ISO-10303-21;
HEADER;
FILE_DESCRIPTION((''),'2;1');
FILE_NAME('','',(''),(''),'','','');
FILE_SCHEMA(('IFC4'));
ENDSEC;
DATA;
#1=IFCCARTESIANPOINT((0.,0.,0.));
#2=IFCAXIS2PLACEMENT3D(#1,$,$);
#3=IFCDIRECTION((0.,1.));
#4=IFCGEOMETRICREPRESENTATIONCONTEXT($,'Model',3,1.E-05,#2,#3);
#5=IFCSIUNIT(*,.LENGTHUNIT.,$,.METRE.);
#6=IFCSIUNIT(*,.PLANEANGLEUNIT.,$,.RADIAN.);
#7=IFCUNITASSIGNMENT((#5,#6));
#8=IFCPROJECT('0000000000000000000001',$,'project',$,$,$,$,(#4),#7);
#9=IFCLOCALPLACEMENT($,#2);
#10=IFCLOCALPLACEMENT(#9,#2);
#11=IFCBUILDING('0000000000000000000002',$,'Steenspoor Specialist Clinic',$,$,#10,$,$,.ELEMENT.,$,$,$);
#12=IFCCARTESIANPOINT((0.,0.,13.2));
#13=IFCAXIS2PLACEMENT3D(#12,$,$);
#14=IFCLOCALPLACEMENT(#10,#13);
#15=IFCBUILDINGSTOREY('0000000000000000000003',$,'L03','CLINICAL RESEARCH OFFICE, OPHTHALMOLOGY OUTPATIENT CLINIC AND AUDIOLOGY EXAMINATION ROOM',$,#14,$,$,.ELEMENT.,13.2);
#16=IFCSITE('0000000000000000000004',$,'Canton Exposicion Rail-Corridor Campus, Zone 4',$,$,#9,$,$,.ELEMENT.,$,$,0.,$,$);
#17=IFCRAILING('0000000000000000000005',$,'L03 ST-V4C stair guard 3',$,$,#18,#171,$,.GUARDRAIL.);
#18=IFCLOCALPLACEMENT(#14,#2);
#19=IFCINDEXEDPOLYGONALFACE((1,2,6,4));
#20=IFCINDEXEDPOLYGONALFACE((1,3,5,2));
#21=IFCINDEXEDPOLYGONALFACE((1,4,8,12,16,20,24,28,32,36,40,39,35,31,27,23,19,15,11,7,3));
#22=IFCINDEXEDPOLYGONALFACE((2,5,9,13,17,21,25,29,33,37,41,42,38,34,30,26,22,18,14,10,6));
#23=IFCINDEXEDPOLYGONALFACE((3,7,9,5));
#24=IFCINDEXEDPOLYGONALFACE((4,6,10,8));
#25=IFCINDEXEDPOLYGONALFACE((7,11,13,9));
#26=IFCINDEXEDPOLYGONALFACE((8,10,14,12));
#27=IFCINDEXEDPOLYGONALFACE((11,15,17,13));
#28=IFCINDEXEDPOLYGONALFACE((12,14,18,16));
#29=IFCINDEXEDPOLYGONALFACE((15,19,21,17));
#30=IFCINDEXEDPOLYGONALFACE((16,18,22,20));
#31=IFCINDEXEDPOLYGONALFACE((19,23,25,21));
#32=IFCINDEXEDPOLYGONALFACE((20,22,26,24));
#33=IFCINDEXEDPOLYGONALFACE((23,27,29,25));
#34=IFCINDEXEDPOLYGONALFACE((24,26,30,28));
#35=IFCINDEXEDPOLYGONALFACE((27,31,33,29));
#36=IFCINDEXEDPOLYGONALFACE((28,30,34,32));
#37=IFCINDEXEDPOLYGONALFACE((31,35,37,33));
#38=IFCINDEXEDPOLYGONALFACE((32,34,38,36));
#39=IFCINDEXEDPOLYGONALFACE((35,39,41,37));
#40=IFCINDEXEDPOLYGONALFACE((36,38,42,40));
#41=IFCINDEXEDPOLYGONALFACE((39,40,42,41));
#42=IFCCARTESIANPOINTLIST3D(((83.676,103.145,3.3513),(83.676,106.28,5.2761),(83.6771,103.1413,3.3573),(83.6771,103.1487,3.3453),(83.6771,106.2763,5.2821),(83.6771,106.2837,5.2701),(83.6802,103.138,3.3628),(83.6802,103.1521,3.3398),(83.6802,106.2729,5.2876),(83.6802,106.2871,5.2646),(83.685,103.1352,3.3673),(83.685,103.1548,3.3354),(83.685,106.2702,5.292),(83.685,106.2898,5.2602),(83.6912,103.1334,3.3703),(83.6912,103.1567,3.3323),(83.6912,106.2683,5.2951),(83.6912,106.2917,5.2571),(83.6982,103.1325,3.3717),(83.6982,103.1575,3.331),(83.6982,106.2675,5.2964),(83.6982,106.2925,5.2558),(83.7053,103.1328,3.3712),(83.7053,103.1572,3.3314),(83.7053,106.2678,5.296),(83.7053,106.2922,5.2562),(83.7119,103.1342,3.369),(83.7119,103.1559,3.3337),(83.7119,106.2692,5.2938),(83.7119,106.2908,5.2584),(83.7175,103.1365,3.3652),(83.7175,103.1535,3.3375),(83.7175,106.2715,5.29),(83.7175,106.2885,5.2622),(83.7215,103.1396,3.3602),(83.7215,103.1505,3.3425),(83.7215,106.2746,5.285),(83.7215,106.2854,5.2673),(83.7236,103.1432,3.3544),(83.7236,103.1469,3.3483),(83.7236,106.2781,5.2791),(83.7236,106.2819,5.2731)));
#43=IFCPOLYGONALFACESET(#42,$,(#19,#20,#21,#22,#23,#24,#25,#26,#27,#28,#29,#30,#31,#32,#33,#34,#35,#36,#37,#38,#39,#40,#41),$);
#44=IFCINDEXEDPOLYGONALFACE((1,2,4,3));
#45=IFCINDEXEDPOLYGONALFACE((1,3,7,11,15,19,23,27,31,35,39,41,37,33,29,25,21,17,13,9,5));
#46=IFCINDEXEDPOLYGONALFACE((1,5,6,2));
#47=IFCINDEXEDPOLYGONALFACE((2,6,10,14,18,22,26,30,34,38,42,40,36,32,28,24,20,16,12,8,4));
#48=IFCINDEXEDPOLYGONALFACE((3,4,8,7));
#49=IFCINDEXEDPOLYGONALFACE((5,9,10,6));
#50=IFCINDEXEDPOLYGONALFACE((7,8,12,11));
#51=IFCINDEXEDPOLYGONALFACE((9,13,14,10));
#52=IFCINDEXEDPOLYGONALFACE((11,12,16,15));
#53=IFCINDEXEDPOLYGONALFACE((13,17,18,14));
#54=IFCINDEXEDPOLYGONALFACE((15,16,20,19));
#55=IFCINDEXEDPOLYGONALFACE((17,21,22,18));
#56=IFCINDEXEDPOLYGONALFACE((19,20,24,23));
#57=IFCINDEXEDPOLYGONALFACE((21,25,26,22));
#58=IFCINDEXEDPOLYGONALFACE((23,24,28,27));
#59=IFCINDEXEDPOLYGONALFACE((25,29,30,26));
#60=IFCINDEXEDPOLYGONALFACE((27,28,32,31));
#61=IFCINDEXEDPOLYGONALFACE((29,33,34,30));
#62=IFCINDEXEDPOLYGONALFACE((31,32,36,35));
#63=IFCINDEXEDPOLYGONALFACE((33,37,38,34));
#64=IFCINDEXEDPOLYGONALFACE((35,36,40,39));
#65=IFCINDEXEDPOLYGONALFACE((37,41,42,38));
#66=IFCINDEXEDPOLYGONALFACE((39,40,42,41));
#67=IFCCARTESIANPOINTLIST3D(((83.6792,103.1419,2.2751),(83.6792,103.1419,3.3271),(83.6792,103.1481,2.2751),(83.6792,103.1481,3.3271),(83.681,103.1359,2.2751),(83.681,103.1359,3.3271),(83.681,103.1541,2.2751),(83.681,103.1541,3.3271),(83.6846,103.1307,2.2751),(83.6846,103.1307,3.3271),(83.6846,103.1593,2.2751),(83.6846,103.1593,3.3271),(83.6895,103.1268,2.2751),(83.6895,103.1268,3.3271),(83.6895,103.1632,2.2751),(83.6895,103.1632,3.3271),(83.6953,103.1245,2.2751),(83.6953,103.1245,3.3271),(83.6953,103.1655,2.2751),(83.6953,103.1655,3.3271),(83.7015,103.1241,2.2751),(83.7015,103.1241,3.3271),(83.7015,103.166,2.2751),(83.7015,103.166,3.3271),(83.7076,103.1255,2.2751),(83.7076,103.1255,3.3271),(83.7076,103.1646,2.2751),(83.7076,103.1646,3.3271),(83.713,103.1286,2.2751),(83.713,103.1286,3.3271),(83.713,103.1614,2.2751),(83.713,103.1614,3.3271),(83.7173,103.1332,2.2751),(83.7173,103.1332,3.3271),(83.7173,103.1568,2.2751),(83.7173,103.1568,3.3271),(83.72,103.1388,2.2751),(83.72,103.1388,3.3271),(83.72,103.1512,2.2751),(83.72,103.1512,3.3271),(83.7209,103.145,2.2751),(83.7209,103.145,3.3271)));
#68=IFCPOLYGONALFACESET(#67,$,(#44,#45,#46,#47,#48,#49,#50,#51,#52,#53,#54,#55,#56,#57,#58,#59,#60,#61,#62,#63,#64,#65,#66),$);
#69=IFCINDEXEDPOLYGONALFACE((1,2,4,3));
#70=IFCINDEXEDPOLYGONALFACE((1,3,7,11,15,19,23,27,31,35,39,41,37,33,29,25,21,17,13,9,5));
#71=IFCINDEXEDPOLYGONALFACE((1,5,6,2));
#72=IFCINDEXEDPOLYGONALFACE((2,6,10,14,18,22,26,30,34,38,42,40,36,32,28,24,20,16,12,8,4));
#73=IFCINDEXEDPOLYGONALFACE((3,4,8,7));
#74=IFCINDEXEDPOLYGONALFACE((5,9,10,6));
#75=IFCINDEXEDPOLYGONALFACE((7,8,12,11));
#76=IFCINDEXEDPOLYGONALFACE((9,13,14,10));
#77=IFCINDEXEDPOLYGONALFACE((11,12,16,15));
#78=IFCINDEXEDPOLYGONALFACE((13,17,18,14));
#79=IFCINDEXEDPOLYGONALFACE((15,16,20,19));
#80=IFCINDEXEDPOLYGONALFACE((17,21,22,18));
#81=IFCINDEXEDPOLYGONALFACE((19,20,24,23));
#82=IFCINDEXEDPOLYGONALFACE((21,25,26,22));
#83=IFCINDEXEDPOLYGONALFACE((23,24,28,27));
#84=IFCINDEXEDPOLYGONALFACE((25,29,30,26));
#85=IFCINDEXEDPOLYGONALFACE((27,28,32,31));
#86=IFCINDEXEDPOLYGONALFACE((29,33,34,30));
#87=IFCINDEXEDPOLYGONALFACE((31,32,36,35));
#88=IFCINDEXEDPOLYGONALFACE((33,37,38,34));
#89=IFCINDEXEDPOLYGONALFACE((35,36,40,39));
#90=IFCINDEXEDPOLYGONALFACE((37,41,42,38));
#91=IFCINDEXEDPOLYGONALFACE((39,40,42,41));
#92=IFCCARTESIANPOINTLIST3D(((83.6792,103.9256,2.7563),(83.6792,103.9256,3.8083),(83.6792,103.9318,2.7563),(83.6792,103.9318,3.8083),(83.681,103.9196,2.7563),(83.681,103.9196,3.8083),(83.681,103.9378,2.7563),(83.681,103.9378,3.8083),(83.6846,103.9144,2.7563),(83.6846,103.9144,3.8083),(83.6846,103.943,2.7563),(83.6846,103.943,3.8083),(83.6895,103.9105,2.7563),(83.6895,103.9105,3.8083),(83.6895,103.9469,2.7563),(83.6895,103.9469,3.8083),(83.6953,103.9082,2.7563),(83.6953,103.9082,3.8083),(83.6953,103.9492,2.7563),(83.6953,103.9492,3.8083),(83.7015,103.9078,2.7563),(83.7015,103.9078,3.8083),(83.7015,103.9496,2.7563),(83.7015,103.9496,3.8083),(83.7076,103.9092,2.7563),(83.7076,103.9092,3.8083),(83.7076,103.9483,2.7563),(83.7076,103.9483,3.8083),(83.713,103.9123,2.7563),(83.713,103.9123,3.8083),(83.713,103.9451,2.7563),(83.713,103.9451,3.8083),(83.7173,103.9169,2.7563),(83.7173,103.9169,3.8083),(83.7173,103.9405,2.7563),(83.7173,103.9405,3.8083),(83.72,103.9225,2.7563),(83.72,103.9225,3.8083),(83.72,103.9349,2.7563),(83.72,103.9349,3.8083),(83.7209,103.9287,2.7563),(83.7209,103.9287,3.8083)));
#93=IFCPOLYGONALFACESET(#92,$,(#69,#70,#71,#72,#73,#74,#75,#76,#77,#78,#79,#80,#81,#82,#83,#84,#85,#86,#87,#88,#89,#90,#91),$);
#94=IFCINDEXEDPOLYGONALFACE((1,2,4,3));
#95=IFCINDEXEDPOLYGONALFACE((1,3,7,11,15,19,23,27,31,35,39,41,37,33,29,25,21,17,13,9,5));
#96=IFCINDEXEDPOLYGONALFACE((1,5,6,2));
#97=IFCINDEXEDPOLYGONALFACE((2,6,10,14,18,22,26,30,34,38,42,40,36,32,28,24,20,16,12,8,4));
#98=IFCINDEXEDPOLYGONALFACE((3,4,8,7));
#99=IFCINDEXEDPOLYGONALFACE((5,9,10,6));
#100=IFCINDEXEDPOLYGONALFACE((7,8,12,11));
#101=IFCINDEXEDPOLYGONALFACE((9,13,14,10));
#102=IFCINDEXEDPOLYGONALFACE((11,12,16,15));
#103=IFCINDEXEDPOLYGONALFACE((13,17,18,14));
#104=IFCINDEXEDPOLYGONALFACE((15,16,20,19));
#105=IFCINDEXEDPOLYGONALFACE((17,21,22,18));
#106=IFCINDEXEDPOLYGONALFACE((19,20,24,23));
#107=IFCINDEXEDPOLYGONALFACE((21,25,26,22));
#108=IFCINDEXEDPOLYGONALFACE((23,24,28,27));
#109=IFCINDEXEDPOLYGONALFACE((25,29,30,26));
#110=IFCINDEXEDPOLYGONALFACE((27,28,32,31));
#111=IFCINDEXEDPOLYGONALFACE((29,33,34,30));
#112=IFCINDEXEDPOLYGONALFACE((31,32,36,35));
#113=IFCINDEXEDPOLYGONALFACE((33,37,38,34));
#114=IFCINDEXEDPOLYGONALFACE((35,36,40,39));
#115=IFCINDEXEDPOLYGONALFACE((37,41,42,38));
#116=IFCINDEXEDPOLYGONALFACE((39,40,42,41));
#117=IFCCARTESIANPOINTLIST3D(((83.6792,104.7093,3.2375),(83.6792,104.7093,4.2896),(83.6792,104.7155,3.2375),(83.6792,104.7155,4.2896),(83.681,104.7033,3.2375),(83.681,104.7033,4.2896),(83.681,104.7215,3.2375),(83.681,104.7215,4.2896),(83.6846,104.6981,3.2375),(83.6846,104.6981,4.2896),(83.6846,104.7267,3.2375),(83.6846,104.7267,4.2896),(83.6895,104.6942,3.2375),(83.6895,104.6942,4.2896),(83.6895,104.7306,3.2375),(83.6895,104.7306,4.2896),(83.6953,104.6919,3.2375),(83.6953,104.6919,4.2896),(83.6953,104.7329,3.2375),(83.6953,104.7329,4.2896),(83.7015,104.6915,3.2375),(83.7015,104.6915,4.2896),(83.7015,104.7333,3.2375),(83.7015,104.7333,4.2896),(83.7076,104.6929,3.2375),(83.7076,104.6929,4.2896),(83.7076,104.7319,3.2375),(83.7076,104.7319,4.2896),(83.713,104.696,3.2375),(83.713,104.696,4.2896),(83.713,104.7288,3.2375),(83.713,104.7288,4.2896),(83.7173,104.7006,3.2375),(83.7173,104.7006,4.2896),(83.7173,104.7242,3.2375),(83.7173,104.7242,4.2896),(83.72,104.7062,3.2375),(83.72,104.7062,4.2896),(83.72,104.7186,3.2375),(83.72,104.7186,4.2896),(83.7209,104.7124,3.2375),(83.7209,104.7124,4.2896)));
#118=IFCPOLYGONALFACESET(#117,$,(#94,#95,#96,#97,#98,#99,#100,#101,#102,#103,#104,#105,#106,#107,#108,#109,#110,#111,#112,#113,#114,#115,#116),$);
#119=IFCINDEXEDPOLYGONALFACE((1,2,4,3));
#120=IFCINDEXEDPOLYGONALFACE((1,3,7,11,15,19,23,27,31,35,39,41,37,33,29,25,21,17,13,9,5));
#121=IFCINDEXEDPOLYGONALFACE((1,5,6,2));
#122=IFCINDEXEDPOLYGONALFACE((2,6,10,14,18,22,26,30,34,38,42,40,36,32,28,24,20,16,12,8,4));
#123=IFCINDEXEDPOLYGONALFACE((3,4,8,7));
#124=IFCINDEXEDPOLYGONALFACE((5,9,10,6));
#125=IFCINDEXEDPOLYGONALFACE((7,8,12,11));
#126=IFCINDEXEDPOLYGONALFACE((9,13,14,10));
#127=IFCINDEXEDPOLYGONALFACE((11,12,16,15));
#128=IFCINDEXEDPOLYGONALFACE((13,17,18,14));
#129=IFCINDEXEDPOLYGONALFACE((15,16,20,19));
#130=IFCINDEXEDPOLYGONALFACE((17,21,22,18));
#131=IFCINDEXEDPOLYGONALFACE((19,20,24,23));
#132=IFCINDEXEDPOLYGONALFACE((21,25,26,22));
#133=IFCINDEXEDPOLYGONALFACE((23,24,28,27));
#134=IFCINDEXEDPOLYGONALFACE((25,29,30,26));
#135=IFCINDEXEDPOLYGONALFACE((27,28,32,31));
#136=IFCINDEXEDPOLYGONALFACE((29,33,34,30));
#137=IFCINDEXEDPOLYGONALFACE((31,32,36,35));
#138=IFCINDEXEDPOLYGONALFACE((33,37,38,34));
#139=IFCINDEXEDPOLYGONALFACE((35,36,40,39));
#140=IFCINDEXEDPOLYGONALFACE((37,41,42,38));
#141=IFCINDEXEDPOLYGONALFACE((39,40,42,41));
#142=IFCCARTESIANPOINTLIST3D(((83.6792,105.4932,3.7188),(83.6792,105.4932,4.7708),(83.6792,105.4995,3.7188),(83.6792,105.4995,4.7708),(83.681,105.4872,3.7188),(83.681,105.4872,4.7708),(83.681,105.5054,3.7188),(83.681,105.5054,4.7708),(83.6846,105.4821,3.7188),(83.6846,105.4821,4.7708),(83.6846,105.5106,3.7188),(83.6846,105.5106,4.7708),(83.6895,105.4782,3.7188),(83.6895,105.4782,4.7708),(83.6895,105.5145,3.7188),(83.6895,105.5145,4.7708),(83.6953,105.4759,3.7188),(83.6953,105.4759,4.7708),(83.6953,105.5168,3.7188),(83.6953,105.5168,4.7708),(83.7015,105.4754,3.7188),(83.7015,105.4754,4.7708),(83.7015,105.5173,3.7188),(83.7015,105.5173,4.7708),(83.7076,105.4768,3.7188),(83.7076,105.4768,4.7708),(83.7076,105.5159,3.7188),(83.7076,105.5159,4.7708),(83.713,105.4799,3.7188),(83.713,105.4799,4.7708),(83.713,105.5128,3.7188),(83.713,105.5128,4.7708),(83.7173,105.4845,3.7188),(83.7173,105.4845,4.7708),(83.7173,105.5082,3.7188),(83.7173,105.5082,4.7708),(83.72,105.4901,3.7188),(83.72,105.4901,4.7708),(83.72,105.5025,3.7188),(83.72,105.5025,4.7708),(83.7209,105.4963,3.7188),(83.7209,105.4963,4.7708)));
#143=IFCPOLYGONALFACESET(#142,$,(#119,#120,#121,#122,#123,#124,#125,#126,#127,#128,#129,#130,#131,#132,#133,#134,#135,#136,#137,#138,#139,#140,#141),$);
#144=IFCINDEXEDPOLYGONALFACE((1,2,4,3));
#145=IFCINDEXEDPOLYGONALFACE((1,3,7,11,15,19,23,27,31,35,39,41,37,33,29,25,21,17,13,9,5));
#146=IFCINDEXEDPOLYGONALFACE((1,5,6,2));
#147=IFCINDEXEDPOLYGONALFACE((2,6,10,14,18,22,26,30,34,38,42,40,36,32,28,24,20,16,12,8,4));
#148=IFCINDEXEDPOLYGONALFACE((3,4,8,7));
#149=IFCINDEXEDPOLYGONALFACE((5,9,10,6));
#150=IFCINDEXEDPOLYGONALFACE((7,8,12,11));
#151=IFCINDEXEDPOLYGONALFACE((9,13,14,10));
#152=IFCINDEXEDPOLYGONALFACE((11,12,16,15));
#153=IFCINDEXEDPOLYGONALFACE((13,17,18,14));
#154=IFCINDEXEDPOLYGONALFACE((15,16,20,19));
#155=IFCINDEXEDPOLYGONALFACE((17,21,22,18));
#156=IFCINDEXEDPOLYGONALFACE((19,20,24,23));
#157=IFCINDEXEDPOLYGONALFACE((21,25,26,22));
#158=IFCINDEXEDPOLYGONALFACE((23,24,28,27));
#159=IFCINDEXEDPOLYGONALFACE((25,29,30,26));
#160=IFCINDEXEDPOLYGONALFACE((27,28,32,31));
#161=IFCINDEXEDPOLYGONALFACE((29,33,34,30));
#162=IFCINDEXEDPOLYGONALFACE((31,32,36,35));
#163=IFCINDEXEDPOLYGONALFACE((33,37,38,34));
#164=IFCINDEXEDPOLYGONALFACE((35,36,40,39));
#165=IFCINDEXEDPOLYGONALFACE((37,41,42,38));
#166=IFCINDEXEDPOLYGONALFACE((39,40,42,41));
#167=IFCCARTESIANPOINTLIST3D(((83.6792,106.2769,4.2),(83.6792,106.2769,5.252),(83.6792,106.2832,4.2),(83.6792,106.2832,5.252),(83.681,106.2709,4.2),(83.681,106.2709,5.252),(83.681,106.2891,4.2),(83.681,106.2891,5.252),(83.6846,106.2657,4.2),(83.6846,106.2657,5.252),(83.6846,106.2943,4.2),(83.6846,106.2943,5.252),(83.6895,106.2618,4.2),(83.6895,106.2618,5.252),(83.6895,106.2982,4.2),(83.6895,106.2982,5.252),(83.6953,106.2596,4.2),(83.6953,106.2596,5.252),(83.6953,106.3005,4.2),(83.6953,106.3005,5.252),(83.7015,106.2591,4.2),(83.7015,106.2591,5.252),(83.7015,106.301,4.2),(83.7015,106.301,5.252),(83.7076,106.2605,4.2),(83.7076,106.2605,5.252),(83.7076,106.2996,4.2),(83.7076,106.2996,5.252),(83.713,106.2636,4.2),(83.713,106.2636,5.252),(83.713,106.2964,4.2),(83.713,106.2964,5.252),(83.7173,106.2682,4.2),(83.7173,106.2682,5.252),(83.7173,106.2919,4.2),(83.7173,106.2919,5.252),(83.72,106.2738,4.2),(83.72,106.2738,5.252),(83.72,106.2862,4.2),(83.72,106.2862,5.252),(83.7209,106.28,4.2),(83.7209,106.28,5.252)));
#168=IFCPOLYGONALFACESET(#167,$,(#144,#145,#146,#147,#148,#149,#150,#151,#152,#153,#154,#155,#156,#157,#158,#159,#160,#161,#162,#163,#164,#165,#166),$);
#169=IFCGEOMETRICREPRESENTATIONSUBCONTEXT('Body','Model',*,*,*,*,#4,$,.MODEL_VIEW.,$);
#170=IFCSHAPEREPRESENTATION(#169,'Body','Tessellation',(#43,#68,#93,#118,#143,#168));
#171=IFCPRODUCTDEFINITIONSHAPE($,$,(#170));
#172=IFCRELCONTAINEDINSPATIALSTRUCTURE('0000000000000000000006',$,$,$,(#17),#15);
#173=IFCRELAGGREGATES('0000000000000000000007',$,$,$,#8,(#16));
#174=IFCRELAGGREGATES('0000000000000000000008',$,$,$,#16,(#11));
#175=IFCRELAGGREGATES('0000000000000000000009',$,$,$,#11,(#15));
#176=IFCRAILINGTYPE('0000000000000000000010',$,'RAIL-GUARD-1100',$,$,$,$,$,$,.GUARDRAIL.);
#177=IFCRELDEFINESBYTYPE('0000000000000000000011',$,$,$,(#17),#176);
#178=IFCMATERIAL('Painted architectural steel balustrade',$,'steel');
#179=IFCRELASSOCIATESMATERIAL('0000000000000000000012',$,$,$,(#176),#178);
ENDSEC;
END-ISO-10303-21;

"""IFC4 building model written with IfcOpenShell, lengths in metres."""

from ifc_helpers import new_model, si_unit, direction, frame, origin, origin_2d, place, context, subcontext, project, spatial, circle, extrude, material, type_object, element, save


model = new_model("IFC4")

# Units and contexts
model_context = context("Model", 3, precision=1e-05, world=origin(), true_north=direction((0.0, 1.0)))
body_context = subcontext(model_context, "Body", "Model", "MODEL_VIEW")
ifc_project = project(units=[si_unit("LENGTHUNIT", "METRE"), si_unit("PLANEANGLEUNIT", "RADIAN")], contexts=[model_context])

# Site, building, storey
site_placement = place(None, origin())
site = spatial("IfcSite", under=ifc_project, at=site_placement, Name="Canton Exposicion Rail-Corridor Campus, Zone 4", CompositionType="ELEMENT", RefElevation=0.0)
building_placement = place(site_placement, origin())
building = spatial("IfcBuilding", under=site, at=building_placement, Name="Steenspoor Specialist Clinic", CompositionType="ELEMENT")
storey_placement = place(building_placement, frame((0.0, 0.0, 13.2)))
storey = spatial("IfcBuildingStorey", under=building, at=storey_placement, Name="L03", Description="CLINICAL RESEARCH OFFICE, OPHTHALMOLOGY OUTPATIENT CLINIC AND AUDIOLOGY EXAMINATION ROOM", CompositionType="ELEMENT", Elevation=13.2)

# Railing
ifc_material_1 = material(Name="Painted architectural steel balustrade", Category="steel")
railing_type_1 = type_object("IfcRailingType", Name="RAIL-GUARD-1100", PredefinedType="GUARDRAIL", material=ifc_material_1)
railing_1_placement = place(storey_placement, frame((83.7, 103.145, 2.2751)))
element("IfcRailing", 1, at=railing_1_placement, inside=storey, type_object=railing_type_1, Name="L03 ST-V4C stair guard 3", PredefinedType="GUARDRAIL", context=body_context, shape_type="SweptSolid", body=[
    extrude(circle(Radius=0.0239, at=origin_2d()), frame((0.0, 0.0, 1.0762), z_axis=(0.0, 0.852196, 0.523223), x_axis=(-1.0, 0.0, 0.0)), (0.0, 0.0, 1.0), 3.6787),
    extrude(circle(Radius=0.021, at=origin_2d()), origin(), (0.0, 0.0, 1.0), 1.052),
    extrude(circle(Radius=0.021, at=origin_2d()), frame((0.0, 0.7837, 0.4812)), (0.0, 0.0, 1.0), 1.052),
    extrude(circle(Radius=0.021, at=origin_2d()), frame((0.0, 1.5674, 0.9624)), (0.0, 0.0, 1.0), 1.052),
    extrude(circle(Radius=0.021, at=origin_2d()), frame((0.0, 2.3513, 1.4436)), (0.0, 0.0, 1.0), 1.052),
    extrude(circle(Radius=0.021, at=origin_2d()), frame((0.0, 3.135, 1.9248)), (0.0, 0.0, 1.0), 1.052),
])

save(model, "model.ifc")
